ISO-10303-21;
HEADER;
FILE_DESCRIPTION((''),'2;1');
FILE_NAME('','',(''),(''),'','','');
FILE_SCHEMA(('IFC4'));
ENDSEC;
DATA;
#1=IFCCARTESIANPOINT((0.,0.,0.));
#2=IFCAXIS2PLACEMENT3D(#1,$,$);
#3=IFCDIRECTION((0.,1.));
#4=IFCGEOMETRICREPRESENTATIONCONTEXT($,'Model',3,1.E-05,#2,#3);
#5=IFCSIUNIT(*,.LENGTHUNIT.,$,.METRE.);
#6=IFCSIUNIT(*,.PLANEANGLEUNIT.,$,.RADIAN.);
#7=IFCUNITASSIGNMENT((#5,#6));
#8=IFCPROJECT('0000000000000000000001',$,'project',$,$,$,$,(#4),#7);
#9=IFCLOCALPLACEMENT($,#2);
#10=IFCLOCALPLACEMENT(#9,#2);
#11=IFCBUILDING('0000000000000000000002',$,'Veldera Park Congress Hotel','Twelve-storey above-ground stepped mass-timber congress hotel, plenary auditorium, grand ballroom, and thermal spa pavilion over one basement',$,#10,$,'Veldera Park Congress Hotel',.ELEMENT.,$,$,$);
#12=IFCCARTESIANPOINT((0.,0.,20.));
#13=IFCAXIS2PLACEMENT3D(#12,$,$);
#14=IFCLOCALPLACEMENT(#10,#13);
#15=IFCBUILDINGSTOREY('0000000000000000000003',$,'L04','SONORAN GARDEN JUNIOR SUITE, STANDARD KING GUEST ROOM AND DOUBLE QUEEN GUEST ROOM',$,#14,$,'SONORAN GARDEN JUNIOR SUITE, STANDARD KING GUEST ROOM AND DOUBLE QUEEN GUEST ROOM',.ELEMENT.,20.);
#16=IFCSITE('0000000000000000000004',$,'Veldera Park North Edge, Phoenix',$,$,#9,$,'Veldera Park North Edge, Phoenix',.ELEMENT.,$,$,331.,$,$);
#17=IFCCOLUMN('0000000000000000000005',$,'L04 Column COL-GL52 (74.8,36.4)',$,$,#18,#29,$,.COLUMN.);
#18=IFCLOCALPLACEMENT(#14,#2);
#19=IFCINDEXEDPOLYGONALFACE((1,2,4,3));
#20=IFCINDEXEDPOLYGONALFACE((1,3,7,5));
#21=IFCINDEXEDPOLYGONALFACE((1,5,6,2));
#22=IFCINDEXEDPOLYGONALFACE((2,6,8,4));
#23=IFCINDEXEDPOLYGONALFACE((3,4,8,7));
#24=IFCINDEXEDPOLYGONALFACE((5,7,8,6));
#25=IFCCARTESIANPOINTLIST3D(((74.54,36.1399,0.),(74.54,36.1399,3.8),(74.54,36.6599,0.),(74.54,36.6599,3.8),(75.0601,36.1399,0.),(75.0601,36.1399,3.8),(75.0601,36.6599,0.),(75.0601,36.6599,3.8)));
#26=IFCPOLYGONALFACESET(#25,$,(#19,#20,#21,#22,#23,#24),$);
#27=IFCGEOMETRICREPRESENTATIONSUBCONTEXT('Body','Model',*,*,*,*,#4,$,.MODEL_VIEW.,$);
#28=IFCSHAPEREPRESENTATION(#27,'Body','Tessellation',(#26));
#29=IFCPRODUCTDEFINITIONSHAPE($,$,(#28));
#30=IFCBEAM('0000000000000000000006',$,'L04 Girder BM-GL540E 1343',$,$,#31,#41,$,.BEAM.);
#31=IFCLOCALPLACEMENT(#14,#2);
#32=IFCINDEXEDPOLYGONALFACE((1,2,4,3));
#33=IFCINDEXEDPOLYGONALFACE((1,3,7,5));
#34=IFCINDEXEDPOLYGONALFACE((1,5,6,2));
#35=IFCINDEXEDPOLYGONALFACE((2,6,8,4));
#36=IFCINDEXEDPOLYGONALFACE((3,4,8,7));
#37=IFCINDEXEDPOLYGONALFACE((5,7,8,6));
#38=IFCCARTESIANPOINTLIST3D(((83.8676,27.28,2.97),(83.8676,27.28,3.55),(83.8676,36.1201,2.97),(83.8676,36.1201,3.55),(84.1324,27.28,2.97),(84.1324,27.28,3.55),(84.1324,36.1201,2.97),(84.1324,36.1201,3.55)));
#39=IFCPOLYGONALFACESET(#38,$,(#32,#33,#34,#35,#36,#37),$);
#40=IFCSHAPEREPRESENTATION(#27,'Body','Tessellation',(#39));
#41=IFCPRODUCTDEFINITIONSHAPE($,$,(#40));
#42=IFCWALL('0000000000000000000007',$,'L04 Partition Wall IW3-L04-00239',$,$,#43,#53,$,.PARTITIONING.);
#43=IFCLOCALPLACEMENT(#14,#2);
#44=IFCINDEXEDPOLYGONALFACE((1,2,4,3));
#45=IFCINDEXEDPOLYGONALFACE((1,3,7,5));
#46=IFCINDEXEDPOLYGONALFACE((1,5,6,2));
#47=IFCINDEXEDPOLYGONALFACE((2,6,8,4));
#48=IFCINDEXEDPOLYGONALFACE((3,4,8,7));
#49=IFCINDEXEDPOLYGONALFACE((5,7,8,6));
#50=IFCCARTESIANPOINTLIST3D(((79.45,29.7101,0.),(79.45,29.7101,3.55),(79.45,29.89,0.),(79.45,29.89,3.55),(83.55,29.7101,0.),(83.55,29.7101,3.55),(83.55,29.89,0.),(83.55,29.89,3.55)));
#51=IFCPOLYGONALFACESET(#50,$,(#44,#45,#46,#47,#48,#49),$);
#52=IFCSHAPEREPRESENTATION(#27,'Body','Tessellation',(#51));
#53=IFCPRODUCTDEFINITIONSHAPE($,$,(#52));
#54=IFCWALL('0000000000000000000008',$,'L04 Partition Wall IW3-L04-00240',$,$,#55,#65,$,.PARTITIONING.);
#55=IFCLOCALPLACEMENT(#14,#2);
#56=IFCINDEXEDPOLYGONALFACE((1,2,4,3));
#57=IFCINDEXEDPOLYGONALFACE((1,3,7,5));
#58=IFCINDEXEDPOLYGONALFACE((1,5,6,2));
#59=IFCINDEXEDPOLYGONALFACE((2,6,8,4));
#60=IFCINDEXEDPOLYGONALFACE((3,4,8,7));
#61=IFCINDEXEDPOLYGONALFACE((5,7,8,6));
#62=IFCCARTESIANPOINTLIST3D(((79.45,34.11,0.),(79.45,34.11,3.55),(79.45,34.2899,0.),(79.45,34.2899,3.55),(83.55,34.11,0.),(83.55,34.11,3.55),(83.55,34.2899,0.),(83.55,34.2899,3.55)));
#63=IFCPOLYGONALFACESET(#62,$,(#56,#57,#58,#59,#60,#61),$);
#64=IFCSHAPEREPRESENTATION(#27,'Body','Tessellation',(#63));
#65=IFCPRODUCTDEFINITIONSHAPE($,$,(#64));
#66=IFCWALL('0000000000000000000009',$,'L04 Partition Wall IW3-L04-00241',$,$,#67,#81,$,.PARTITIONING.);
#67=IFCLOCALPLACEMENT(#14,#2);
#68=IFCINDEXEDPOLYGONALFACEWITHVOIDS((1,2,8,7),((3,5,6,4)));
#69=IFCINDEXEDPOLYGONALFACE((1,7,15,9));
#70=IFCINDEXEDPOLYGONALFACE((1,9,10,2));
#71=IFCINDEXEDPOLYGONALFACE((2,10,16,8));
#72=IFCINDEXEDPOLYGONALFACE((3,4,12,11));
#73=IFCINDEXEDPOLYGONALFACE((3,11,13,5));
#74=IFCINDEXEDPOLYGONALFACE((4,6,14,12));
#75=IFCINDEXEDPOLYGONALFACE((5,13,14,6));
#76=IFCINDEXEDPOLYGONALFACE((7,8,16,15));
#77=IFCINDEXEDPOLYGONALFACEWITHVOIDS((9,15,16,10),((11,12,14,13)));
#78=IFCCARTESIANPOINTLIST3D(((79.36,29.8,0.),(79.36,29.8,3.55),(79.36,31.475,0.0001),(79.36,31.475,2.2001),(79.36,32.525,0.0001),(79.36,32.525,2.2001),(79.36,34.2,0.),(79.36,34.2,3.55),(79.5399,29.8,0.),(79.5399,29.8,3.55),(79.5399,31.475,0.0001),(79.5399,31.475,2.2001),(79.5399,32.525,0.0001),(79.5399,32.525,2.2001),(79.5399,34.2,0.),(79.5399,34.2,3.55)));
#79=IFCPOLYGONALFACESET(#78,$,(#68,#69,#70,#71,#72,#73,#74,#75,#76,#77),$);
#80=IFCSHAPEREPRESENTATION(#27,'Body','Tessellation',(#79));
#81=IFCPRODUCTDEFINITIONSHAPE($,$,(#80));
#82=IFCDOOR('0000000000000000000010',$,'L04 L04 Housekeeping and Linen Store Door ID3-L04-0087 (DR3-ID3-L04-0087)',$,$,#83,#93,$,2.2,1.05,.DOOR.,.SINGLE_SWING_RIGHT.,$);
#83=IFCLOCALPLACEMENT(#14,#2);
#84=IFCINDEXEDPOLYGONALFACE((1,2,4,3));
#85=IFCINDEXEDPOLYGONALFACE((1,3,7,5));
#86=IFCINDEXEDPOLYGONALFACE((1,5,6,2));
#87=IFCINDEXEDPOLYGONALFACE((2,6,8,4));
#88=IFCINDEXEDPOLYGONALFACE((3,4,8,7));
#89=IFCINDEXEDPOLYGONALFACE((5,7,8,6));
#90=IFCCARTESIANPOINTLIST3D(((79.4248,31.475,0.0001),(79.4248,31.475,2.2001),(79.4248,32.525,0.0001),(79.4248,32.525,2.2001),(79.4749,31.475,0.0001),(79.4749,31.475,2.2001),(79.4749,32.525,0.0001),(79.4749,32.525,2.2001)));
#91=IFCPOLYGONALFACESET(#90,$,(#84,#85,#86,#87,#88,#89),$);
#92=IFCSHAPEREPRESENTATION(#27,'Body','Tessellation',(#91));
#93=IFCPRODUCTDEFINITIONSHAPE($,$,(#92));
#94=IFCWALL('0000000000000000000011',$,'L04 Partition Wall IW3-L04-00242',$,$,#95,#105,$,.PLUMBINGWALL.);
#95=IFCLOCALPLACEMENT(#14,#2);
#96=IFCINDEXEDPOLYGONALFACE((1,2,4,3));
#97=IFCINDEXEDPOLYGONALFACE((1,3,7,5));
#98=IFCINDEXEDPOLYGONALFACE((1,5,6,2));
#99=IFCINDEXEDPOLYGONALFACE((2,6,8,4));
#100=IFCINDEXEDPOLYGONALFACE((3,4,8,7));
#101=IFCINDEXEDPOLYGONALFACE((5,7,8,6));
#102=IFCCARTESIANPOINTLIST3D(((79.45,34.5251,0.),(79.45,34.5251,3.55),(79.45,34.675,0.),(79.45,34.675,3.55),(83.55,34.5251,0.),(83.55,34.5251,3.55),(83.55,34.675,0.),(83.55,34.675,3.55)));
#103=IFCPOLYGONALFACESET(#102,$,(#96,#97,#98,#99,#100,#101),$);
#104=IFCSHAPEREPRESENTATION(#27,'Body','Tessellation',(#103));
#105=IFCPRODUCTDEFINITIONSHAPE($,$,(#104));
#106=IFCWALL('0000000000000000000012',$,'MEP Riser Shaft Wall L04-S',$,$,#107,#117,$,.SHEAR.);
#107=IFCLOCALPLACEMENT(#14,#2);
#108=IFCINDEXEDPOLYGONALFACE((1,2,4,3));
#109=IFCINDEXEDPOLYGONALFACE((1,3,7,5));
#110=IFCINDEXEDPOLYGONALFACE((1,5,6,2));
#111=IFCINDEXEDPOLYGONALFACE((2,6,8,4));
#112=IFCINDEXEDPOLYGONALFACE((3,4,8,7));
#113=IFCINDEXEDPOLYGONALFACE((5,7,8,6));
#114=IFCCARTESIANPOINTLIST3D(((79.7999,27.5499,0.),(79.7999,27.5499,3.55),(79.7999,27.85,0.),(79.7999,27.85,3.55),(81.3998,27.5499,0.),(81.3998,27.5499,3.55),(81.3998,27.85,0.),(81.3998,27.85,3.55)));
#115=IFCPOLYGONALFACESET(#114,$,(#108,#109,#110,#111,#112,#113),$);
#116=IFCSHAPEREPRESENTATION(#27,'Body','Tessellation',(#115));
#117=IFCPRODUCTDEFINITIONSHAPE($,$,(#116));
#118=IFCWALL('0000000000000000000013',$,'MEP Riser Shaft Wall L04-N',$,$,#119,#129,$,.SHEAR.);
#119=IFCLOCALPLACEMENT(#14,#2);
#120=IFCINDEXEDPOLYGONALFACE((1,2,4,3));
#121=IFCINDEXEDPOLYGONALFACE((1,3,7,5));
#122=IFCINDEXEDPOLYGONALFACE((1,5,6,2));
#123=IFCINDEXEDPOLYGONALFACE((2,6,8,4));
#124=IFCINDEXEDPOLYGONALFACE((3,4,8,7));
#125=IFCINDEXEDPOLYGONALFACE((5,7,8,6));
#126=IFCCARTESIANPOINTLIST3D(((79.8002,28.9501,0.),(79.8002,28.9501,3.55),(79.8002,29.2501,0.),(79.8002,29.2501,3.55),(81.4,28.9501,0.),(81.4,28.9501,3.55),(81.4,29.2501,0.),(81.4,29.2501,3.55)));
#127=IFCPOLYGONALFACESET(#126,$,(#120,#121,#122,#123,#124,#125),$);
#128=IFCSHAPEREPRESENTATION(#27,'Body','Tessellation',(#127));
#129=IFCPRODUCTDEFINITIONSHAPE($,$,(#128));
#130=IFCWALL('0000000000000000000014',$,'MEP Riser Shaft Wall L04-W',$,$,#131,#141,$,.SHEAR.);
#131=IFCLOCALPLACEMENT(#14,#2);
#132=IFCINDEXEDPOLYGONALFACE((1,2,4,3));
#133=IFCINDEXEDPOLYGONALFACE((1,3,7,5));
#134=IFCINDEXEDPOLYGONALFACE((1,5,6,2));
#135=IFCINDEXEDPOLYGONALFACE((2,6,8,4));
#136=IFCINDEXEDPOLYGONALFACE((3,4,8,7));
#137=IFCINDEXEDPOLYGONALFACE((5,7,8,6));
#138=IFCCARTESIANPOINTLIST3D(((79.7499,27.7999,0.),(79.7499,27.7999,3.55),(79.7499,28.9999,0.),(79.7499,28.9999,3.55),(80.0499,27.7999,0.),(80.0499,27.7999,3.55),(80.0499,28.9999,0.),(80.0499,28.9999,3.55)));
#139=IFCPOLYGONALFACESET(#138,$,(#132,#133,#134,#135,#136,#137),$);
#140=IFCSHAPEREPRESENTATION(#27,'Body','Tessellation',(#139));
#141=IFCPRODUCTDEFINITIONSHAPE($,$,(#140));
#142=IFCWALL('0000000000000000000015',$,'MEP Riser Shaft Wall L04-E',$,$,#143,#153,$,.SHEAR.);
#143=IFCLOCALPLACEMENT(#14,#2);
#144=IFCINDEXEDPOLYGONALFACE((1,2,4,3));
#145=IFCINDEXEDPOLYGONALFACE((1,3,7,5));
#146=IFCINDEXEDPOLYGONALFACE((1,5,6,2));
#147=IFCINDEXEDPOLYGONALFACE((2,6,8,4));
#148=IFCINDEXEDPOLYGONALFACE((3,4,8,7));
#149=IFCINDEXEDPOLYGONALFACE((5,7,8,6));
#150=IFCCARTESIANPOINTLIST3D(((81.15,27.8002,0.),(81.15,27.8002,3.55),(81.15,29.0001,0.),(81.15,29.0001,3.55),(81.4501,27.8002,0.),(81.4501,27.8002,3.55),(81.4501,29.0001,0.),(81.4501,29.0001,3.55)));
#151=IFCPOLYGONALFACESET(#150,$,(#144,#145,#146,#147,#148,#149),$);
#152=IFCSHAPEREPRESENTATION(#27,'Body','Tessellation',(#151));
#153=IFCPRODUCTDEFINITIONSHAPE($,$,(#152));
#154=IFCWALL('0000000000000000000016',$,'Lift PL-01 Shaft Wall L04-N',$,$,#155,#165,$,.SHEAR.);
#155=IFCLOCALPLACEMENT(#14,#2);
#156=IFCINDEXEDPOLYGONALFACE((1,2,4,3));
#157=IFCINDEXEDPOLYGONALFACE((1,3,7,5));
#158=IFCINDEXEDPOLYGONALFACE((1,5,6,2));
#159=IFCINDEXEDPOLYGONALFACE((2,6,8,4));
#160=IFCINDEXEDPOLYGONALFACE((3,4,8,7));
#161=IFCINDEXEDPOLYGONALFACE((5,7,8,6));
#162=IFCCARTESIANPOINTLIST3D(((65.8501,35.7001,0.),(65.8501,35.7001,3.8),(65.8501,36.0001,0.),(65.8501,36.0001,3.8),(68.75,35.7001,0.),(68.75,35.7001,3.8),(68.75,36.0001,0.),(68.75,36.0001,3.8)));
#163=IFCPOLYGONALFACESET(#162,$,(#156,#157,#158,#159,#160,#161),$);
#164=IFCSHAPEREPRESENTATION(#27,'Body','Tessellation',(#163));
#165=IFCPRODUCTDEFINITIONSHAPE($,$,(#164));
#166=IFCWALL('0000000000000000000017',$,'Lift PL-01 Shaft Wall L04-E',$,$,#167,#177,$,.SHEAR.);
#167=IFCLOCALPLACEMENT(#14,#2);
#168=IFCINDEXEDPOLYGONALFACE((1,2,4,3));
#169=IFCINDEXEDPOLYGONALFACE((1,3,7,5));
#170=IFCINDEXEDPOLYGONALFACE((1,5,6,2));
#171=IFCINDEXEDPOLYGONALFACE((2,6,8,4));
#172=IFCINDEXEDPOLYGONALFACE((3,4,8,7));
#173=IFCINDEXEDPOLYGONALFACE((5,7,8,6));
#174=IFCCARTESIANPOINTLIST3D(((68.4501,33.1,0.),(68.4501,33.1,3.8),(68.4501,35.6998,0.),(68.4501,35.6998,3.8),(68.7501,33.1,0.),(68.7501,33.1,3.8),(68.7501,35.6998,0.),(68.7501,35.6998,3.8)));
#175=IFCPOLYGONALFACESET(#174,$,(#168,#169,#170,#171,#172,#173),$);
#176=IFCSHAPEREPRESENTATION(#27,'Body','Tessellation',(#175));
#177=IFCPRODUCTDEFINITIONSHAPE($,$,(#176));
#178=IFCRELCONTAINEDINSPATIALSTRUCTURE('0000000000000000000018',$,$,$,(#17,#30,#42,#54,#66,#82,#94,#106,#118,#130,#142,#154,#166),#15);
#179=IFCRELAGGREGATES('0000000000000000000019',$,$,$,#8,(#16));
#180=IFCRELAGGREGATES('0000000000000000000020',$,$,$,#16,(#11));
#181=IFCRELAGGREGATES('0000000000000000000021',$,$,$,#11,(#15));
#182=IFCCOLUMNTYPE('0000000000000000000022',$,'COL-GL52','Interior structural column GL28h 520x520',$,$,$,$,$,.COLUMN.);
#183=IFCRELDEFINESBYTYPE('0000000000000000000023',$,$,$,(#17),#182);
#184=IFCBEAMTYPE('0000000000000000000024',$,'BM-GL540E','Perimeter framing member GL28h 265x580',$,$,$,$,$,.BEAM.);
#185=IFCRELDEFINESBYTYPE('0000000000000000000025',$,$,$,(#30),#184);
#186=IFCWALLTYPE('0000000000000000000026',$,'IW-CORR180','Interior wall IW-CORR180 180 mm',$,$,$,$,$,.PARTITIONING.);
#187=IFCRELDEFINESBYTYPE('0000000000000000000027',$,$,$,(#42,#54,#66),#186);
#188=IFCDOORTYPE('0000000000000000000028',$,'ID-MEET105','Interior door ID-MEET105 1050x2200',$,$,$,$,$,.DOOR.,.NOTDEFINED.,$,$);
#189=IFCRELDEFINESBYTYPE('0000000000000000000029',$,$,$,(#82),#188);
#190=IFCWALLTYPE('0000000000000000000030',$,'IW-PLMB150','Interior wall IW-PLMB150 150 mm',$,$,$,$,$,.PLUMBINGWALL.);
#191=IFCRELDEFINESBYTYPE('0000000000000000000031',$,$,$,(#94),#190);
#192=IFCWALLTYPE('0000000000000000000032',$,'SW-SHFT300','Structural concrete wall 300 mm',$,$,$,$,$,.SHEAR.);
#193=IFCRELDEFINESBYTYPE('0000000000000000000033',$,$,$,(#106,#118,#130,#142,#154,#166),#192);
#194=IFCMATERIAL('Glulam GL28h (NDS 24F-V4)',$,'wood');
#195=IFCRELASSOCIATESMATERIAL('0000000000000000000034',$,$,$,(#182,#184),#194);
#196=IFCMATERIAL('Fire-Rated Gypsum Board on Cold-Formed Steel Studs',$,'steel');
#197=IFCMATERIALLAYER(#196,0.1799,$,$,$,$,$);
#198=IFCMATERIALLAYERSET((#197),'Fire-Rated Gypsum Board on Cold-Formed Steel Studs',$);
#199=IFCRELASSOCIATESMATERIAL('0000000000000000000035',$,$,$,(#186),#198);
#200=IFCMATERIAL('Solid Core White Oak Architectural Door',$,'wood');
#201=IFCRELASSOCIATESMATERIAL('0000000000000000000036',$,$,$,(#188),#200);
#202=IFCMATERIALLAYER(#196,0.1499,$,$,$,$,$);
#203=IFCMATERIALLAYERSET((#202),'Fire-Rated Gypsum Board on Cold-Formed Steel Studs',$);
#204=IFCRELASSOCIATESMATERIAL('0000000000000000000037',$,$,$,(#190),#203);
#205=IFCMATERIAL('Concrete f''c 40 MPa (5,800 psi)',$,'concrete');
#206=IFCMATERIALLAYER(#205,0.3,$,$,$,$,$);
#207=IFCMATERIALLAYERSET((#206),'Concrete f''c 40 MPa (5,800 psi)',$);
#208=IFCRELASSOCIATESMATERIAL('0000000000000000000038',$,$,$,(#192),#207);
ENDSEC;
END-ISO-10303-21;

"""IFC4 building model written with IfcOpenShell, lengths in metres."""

from ifc_helpers import new_model, si_unit, direction, frame, frame_2d, origin, origin_2d, place, context, subcontext, project, spatial, rectangle, extrude, material, layer, layer_set, material_profile, profile_set, type_object, element, fill, save


model = new_model("IFC4")

# Units and contexts
model_context = context("Model", 3, precision=1e-05, world=origin(), true_north=direction((0.0, 1.0)))
body_context = subcontext(model_context, "Body", "Model", "MODEL_VIEW")
ifc_project = project(units=[si_unit("LENGTHUNIT", "METRE"), si_unit("PLANEANGLEUNIT", "RADIAN")], contexts=[model_context])

# Site, building, storey
site_placement = place(None, origin())
site = spatial("IfcSite", under=ifc_project, at=site_placement, Name="Veldera Park North Edge, Phoenix", LongName="Veldera Park North Edge, Phoenix", CompositionType="ELEMENT", RefElevation=331.0)
building_placement = place(site_placement, origin())
building = spatial("IfcBuilding", under=site, at=building_placement, Name="Veldera Park Congress Hotel", Description="Twelve-storey above-ground stepped mass-timber congress hotel, plenary auditorium, grand ballroom, and thermal spa pavilion over one basement", LongName="Veldera Park Congress Hotel", CompositionType="ELEMENT")
storey_placement = place(building_placement, frame((0.0, 0.0, 20.0)))
storey = spatial("IfcBuildingStorey", under=building, at=storey_placement, Name="L04", Description="SONORAN GARDEN JUNIOR SUITE, STANDARD KING GUEST ROOM AND DOUBLE QUEEN GUEST ROOM", LongName="SONORAN GARDEN JUNIOR SUITE, STANDARD KING GUEST ROOM AND DOUBLE QUEEN GUEST ROOM", CompositionType="ELEMENT", Elevation=20.0)

# Column
ifc_material_1 = material(Name="Glulam GL28h (NDS 24F-V4)", Category="wood")
ifc_material_profile_1 = material_profile(ifc_material_1, rectangle(XDim=0.52, YDim=0.52, at=origin_2d()), Name="GL28h 520x520")
ifc_profile_set_1 = profile_set([ifc_material_profile_1], Name="Glulam GL28h (NDS 24F-V4)")
column_type = type_object("IfcColumnType", Name="COL-GL52", Description="Interior structural column GL28h 520x520", PredefinedType="COLUMN", material=ifc_profile_set_1)
column_placement = place(storey_placement, frame((74.8, 36.3999, 0.0), z_axis=(0.0, 0.0, 1.0), x_axis=(1.0, 0.0, 0.0)))
element("IfcColumn", 1, at=column_placement, inside=storey, type_object=column_type, Name="L04 Column COL-GL52 (74.8,36.4)", PredefinedType="COLUMN", context=body_context, shape_type="SweptSolid", body=[
    extrude(rectangle(XDim=0.52, YDim=0.52, at=origin_2d()), origin(), (0.0, 0.0, 1.0), 3.8),
])

# Beam
ifc_material_profile_2 = material_profile(ifc_material_1, rectangle(XDim=0.2649, YDim=0.5801, at=origin_2d()), Name="GL28h 265x580")
ifc_profile_set_2 = profile_set([ifc_material_profile_2], Name="Glulam GL28h (NDS 24F-V4)")
beam_type = type_object("IfcBeamType", Name="BM-GL540E", Description="Perimeter framing member GL28h 265x580", PredefinedType="BEAM", material=ifc_profile_set_2)
beam_placement = place(storey_placement, frame((84.0, 27.28, 3.26), z_axis=(0.0, 1.0, 0.0), x_axis=(-1.0, 0.0, 0.0)))
element("IfcBeam", 2, at=beam_placement, inside=storey, type_object=beam_type, Name="L04 Girder BM-GL540E 1343", PredefinedType="BEAM", context=body_context, shape_type="SweptSolid", body=[
    extrude(rectangle(XDim=0.2649, YDim=0.5801, at=origin_2d()), origin(), (0.0, 0.0, 1.0), 8.8401),
])

# Walls
ifc_material_2 = material(Name="Fire-Rated Gypsum Board on Cold-Formed Steel Studs", Category="steel")
ifc_layer_1 = layer(ifc_material_2, 0.1799)
ifc_layer_set_1 = layer_set([ifc_layer_1], Name="Fire-Rated Gypsum Board on Cold-Formed Steel Studs")
wall_type_1 = type_object("IfcWallType", Name="IW-CORR180", Description="Interior wall IW-CORR180 180 mm", PredefinedType="PARTITIONING", material=ifc_layer_set_1)
for number, where, z_axis, x_axis, name in (
    (3, (79.45, 29.8, 0.0), (0.0, 0.0, 1.0), (1.0, 0.0, 0.0), "L04 Partition Wall IW3-L04-00239"),
    (4, (83.55, 34.2, 0.0), (0.0, 0.0, 1.0), (-1.0, 0.0, 0.0), "L04 Partition Wall IW3-L04-00240"),
):
    element("IfcWall", number, at=place(storey_placement, frame(where, z_axis=z_axis, x_axis=x_axis)), inside=storey, type_object=wall_type_1, Name=name, PredefinedType="PARTITIONING", context=body_context, shape_type="SweptSolid", body=[
        extrude(rectangle(XDim=4.1001, YDim=0.1799, at=frame_2d((2.05, 0.0))), origin(), (0.0, 0.0, 1.0), 3.55),
    ])

# Wall, opening, door
wall_1_placement = place(storey_placement, frame((79.45, 34.2, 0.0), z_axis=(0.0, 0.0, 1.0), x_axis=(0.0, -1.0, 0.0)))
wall_1 = element("IfcWall", 5, at=wall_1_placement, inside=storey, type_object=wall_type_1, Name="L04 Partition Wall IW3-L04-00241", PredefinedType="PARTITIONING", context=body_context, shape_type="SweptSolid", body=[
    extrude(rectangle(XDim=4.3999, YDim=0.1799, at=frame_2d((2.2, 0.0))), origin(), (0.0, 0.0, 1.0), 3.55),
])
opening_1_placement = place(wall_1_placement, frame((1.675, 0.0, 0.0)))
opening_1 = element("IfcOpeningElement", 6, at=opening_1_placement, cuts=wall_1, PredefinedType="OPENING", context=body_context, shape_type="SweptSolid", body=[
    extrude(rectangle(XDim=1.05, YDim=2.2, at=frame_2d((0.5249, 1.1001))), frame((0.0, 0.1021, 0.0), z_axis=(0.0, -1.0, 0.0), x_axis=(1.0, 0.0, 0.0)), (0.0, 0.0, 1.0), 0.2039),
])
ifc_material_3 = material(Name="Solid Core White Oak Architectural Door", Category="wood")
door_type_1 = type_object("IfcDoorType", Name="ID-MEET105", Description="Interior door ID-MEET105 1050x2200", OperationType="NOTDEFINED", PredefinedType="DOOR", material=ifc_material_3)
door_1_placement = place(opening_1_placement, origin())
door_1 = element("IfcDoor", 7, at=door_1_placement, inside=storey, type_object=door_type_1, Name="L04 L04 Housekeeping and Linen Store Door ID3-L04-0087 (DR3-ID3-L04-0087)", OperationType="SINGLE_SWING_RIGHT", OverallHeight=2.2, OverallWidth=1.05, PredefinedType="DOOR", context=body_context, shape_type="SweptSolid", body=[
    extrude(rectangle(XDim=1.05, YDim=2.2, at=frame_2d((0.5249, 1.1001))), frame((0.0, 0.0249, 0.0), z_axis=(0.0, -1.0, 0.0), x_axis=(1.0, 0.0, 0.0)), (0.0, 0.0, 1.0), 0.05),
])
fill(opening_1, door_1)

# Walls
ifc_layer_2 = layer(ifc_material_2, 0.1499)
ifc_layer_set_2 = layer_set([ifc_layer_2], Name="Fire-Rated Gypsum Board on Cold-Formed Steel Studs")
wall_type_2 = type_object("IfcWallType", Name="IW-PLMB150", Description="Interior wall IW-PLMB150 150 mm", PredefinedType="PLUMBINGWALL", material=ifc_layer_set_2)
wall_2_placement = place(storey_placement, frame((79.45, 34.6001, 0.0), z_axis=(0.0, 0.0, 1.0), x_axis=(1.0, 0.0, 0.0)))
element("IfcWall", 8, at=wall_2_placement, inside=storey, type_object=wall_type_2, Name="L04 Partition Wall IW3-L04-00242", PredefinedType="PLUMBINGWALL", context=body_context, shape_type="SweptSolid", body=[
    extrude(rectangle(XDim=4.1001, YDim=0.1499, at=frame_2d((2.05, 0.0))), origin(), (0.0, 0.0, 1.0), 3.55),
])
ifc_material_4 = material(Name="Concrete f'c 40 MPa (5,800 psi)", Category="concrete")
ifc_layer_3 = layer(ifc_material_4, 0.3)
ifc_layer_set_3 = layer_set([ifc_layer_3], Name="Concrete f'c 40 MPa (5,800 psi)")
wall_type_3 = type_object("IfcWallType", Name="SW-SHFT300", Description="Structural concrete wall 300 mm", PredefinedType="SHEAR", material=ifc_layer_set_3)
for number, where, z_axis, x_axis, name in (
    (9, (79.8, 27.7, 0.0), (0.0, 0.0, 1.0), (1.0, 0.0, 0.0), "MEP Riser Shaft Wall L04-S"),
    (10, (81.3999, 29.1001, 0.0), (0.0, 0.0, 1.0), (-1.0, 0.0, 0.0), "MEP Riser Shaft Wall L04-N"),
):
    element("IfcWall", number, at=place(storey_placement, frame(where, z_axis=z_axis, x_axis=x_axis)), inside=storey, type_object=wall_type_3, Name=name, PredefinedType="SHEAR", context=body_context, shape_type="SweptSolid", body=[
        extrude(rectangle(XDim=1.5999, YDim=0.3, at=frame_2d((0.7998, 0.0))), origin(), (0.0, 0.0, 1.0), 3.55),
    ])
for number, where, z_axis, x_axis, name in (
    (11, (79.8999, 29.0, 0.0), (0.0, 0.0, 1.0), (0.0, -1.0, 0.0), "MEP Riser Shaft Wall L04-W"),
    (12, (81.3, 27.8, 0.0), (0.0, 0.0, 1.0), (0.0, 1.0, 0.0), "MEP Riser Shaft Wall L04-E"),
):
    element("IfcWall", number, at=place(storey_placement, frame(where, z_axis=z_axis, x_axis=x_axis)), inside=storey, type_object=wall_type_3, Name=name, PredefinedType="SHEAR", context=body_context, shape_type="SweptSolid", body=[
        extrude(rectangle(XDim=1.2, YDim=0.3, at=frame_2d((0.6001, 0.0))), origin(), (0.0, 0.0, 1.0), 3.55),
    ])
wall_3_placement = place(storey_placement, frame((68.75, 35.8501, 0.0), z_axis=(0.0, 0.0, 1.0), x_axis=(-1.0, 0.0, 0.0)))
element("IfcWall", 13, at=wall_3_placement, inside=storey, type_object=wall_type_3, Name="Lift PL-01 Shaft Wall L04-N", PredefinedType="SHEAR", context=body_context, shape_type="SweptSolid", body=[
    extrude(rectangle(XDim=2.8999, YDim=0.3, at=frame_2d((1.45, 0.0))), origin(), (0.0, 0.0, 1.0), 3.8),
])
wall_4_placement = place(storey_placement, frame((68.6001, 33.1001, 0.0), z_axis=(0.0, 0.0, 1.0), x_axis=(0.0, 1.0, 0.0)))
element("IfcWall", 14, at=wall_4_placement, inside=storey, type_object=wall_type_3, Name="Lift PL-01 Shaft Wall L04-E", PredefinedType="SHEAR", context=body_context, shape_type="SweptSolid", body=[
    extrude(rectangle(XDim=2.5999, YDim=0.3, at=frame_2d((1.2998, 0.0))), origin(), (0.0, 0.0, 1.0), 3.8),
])

save(model, "model.ifc")
